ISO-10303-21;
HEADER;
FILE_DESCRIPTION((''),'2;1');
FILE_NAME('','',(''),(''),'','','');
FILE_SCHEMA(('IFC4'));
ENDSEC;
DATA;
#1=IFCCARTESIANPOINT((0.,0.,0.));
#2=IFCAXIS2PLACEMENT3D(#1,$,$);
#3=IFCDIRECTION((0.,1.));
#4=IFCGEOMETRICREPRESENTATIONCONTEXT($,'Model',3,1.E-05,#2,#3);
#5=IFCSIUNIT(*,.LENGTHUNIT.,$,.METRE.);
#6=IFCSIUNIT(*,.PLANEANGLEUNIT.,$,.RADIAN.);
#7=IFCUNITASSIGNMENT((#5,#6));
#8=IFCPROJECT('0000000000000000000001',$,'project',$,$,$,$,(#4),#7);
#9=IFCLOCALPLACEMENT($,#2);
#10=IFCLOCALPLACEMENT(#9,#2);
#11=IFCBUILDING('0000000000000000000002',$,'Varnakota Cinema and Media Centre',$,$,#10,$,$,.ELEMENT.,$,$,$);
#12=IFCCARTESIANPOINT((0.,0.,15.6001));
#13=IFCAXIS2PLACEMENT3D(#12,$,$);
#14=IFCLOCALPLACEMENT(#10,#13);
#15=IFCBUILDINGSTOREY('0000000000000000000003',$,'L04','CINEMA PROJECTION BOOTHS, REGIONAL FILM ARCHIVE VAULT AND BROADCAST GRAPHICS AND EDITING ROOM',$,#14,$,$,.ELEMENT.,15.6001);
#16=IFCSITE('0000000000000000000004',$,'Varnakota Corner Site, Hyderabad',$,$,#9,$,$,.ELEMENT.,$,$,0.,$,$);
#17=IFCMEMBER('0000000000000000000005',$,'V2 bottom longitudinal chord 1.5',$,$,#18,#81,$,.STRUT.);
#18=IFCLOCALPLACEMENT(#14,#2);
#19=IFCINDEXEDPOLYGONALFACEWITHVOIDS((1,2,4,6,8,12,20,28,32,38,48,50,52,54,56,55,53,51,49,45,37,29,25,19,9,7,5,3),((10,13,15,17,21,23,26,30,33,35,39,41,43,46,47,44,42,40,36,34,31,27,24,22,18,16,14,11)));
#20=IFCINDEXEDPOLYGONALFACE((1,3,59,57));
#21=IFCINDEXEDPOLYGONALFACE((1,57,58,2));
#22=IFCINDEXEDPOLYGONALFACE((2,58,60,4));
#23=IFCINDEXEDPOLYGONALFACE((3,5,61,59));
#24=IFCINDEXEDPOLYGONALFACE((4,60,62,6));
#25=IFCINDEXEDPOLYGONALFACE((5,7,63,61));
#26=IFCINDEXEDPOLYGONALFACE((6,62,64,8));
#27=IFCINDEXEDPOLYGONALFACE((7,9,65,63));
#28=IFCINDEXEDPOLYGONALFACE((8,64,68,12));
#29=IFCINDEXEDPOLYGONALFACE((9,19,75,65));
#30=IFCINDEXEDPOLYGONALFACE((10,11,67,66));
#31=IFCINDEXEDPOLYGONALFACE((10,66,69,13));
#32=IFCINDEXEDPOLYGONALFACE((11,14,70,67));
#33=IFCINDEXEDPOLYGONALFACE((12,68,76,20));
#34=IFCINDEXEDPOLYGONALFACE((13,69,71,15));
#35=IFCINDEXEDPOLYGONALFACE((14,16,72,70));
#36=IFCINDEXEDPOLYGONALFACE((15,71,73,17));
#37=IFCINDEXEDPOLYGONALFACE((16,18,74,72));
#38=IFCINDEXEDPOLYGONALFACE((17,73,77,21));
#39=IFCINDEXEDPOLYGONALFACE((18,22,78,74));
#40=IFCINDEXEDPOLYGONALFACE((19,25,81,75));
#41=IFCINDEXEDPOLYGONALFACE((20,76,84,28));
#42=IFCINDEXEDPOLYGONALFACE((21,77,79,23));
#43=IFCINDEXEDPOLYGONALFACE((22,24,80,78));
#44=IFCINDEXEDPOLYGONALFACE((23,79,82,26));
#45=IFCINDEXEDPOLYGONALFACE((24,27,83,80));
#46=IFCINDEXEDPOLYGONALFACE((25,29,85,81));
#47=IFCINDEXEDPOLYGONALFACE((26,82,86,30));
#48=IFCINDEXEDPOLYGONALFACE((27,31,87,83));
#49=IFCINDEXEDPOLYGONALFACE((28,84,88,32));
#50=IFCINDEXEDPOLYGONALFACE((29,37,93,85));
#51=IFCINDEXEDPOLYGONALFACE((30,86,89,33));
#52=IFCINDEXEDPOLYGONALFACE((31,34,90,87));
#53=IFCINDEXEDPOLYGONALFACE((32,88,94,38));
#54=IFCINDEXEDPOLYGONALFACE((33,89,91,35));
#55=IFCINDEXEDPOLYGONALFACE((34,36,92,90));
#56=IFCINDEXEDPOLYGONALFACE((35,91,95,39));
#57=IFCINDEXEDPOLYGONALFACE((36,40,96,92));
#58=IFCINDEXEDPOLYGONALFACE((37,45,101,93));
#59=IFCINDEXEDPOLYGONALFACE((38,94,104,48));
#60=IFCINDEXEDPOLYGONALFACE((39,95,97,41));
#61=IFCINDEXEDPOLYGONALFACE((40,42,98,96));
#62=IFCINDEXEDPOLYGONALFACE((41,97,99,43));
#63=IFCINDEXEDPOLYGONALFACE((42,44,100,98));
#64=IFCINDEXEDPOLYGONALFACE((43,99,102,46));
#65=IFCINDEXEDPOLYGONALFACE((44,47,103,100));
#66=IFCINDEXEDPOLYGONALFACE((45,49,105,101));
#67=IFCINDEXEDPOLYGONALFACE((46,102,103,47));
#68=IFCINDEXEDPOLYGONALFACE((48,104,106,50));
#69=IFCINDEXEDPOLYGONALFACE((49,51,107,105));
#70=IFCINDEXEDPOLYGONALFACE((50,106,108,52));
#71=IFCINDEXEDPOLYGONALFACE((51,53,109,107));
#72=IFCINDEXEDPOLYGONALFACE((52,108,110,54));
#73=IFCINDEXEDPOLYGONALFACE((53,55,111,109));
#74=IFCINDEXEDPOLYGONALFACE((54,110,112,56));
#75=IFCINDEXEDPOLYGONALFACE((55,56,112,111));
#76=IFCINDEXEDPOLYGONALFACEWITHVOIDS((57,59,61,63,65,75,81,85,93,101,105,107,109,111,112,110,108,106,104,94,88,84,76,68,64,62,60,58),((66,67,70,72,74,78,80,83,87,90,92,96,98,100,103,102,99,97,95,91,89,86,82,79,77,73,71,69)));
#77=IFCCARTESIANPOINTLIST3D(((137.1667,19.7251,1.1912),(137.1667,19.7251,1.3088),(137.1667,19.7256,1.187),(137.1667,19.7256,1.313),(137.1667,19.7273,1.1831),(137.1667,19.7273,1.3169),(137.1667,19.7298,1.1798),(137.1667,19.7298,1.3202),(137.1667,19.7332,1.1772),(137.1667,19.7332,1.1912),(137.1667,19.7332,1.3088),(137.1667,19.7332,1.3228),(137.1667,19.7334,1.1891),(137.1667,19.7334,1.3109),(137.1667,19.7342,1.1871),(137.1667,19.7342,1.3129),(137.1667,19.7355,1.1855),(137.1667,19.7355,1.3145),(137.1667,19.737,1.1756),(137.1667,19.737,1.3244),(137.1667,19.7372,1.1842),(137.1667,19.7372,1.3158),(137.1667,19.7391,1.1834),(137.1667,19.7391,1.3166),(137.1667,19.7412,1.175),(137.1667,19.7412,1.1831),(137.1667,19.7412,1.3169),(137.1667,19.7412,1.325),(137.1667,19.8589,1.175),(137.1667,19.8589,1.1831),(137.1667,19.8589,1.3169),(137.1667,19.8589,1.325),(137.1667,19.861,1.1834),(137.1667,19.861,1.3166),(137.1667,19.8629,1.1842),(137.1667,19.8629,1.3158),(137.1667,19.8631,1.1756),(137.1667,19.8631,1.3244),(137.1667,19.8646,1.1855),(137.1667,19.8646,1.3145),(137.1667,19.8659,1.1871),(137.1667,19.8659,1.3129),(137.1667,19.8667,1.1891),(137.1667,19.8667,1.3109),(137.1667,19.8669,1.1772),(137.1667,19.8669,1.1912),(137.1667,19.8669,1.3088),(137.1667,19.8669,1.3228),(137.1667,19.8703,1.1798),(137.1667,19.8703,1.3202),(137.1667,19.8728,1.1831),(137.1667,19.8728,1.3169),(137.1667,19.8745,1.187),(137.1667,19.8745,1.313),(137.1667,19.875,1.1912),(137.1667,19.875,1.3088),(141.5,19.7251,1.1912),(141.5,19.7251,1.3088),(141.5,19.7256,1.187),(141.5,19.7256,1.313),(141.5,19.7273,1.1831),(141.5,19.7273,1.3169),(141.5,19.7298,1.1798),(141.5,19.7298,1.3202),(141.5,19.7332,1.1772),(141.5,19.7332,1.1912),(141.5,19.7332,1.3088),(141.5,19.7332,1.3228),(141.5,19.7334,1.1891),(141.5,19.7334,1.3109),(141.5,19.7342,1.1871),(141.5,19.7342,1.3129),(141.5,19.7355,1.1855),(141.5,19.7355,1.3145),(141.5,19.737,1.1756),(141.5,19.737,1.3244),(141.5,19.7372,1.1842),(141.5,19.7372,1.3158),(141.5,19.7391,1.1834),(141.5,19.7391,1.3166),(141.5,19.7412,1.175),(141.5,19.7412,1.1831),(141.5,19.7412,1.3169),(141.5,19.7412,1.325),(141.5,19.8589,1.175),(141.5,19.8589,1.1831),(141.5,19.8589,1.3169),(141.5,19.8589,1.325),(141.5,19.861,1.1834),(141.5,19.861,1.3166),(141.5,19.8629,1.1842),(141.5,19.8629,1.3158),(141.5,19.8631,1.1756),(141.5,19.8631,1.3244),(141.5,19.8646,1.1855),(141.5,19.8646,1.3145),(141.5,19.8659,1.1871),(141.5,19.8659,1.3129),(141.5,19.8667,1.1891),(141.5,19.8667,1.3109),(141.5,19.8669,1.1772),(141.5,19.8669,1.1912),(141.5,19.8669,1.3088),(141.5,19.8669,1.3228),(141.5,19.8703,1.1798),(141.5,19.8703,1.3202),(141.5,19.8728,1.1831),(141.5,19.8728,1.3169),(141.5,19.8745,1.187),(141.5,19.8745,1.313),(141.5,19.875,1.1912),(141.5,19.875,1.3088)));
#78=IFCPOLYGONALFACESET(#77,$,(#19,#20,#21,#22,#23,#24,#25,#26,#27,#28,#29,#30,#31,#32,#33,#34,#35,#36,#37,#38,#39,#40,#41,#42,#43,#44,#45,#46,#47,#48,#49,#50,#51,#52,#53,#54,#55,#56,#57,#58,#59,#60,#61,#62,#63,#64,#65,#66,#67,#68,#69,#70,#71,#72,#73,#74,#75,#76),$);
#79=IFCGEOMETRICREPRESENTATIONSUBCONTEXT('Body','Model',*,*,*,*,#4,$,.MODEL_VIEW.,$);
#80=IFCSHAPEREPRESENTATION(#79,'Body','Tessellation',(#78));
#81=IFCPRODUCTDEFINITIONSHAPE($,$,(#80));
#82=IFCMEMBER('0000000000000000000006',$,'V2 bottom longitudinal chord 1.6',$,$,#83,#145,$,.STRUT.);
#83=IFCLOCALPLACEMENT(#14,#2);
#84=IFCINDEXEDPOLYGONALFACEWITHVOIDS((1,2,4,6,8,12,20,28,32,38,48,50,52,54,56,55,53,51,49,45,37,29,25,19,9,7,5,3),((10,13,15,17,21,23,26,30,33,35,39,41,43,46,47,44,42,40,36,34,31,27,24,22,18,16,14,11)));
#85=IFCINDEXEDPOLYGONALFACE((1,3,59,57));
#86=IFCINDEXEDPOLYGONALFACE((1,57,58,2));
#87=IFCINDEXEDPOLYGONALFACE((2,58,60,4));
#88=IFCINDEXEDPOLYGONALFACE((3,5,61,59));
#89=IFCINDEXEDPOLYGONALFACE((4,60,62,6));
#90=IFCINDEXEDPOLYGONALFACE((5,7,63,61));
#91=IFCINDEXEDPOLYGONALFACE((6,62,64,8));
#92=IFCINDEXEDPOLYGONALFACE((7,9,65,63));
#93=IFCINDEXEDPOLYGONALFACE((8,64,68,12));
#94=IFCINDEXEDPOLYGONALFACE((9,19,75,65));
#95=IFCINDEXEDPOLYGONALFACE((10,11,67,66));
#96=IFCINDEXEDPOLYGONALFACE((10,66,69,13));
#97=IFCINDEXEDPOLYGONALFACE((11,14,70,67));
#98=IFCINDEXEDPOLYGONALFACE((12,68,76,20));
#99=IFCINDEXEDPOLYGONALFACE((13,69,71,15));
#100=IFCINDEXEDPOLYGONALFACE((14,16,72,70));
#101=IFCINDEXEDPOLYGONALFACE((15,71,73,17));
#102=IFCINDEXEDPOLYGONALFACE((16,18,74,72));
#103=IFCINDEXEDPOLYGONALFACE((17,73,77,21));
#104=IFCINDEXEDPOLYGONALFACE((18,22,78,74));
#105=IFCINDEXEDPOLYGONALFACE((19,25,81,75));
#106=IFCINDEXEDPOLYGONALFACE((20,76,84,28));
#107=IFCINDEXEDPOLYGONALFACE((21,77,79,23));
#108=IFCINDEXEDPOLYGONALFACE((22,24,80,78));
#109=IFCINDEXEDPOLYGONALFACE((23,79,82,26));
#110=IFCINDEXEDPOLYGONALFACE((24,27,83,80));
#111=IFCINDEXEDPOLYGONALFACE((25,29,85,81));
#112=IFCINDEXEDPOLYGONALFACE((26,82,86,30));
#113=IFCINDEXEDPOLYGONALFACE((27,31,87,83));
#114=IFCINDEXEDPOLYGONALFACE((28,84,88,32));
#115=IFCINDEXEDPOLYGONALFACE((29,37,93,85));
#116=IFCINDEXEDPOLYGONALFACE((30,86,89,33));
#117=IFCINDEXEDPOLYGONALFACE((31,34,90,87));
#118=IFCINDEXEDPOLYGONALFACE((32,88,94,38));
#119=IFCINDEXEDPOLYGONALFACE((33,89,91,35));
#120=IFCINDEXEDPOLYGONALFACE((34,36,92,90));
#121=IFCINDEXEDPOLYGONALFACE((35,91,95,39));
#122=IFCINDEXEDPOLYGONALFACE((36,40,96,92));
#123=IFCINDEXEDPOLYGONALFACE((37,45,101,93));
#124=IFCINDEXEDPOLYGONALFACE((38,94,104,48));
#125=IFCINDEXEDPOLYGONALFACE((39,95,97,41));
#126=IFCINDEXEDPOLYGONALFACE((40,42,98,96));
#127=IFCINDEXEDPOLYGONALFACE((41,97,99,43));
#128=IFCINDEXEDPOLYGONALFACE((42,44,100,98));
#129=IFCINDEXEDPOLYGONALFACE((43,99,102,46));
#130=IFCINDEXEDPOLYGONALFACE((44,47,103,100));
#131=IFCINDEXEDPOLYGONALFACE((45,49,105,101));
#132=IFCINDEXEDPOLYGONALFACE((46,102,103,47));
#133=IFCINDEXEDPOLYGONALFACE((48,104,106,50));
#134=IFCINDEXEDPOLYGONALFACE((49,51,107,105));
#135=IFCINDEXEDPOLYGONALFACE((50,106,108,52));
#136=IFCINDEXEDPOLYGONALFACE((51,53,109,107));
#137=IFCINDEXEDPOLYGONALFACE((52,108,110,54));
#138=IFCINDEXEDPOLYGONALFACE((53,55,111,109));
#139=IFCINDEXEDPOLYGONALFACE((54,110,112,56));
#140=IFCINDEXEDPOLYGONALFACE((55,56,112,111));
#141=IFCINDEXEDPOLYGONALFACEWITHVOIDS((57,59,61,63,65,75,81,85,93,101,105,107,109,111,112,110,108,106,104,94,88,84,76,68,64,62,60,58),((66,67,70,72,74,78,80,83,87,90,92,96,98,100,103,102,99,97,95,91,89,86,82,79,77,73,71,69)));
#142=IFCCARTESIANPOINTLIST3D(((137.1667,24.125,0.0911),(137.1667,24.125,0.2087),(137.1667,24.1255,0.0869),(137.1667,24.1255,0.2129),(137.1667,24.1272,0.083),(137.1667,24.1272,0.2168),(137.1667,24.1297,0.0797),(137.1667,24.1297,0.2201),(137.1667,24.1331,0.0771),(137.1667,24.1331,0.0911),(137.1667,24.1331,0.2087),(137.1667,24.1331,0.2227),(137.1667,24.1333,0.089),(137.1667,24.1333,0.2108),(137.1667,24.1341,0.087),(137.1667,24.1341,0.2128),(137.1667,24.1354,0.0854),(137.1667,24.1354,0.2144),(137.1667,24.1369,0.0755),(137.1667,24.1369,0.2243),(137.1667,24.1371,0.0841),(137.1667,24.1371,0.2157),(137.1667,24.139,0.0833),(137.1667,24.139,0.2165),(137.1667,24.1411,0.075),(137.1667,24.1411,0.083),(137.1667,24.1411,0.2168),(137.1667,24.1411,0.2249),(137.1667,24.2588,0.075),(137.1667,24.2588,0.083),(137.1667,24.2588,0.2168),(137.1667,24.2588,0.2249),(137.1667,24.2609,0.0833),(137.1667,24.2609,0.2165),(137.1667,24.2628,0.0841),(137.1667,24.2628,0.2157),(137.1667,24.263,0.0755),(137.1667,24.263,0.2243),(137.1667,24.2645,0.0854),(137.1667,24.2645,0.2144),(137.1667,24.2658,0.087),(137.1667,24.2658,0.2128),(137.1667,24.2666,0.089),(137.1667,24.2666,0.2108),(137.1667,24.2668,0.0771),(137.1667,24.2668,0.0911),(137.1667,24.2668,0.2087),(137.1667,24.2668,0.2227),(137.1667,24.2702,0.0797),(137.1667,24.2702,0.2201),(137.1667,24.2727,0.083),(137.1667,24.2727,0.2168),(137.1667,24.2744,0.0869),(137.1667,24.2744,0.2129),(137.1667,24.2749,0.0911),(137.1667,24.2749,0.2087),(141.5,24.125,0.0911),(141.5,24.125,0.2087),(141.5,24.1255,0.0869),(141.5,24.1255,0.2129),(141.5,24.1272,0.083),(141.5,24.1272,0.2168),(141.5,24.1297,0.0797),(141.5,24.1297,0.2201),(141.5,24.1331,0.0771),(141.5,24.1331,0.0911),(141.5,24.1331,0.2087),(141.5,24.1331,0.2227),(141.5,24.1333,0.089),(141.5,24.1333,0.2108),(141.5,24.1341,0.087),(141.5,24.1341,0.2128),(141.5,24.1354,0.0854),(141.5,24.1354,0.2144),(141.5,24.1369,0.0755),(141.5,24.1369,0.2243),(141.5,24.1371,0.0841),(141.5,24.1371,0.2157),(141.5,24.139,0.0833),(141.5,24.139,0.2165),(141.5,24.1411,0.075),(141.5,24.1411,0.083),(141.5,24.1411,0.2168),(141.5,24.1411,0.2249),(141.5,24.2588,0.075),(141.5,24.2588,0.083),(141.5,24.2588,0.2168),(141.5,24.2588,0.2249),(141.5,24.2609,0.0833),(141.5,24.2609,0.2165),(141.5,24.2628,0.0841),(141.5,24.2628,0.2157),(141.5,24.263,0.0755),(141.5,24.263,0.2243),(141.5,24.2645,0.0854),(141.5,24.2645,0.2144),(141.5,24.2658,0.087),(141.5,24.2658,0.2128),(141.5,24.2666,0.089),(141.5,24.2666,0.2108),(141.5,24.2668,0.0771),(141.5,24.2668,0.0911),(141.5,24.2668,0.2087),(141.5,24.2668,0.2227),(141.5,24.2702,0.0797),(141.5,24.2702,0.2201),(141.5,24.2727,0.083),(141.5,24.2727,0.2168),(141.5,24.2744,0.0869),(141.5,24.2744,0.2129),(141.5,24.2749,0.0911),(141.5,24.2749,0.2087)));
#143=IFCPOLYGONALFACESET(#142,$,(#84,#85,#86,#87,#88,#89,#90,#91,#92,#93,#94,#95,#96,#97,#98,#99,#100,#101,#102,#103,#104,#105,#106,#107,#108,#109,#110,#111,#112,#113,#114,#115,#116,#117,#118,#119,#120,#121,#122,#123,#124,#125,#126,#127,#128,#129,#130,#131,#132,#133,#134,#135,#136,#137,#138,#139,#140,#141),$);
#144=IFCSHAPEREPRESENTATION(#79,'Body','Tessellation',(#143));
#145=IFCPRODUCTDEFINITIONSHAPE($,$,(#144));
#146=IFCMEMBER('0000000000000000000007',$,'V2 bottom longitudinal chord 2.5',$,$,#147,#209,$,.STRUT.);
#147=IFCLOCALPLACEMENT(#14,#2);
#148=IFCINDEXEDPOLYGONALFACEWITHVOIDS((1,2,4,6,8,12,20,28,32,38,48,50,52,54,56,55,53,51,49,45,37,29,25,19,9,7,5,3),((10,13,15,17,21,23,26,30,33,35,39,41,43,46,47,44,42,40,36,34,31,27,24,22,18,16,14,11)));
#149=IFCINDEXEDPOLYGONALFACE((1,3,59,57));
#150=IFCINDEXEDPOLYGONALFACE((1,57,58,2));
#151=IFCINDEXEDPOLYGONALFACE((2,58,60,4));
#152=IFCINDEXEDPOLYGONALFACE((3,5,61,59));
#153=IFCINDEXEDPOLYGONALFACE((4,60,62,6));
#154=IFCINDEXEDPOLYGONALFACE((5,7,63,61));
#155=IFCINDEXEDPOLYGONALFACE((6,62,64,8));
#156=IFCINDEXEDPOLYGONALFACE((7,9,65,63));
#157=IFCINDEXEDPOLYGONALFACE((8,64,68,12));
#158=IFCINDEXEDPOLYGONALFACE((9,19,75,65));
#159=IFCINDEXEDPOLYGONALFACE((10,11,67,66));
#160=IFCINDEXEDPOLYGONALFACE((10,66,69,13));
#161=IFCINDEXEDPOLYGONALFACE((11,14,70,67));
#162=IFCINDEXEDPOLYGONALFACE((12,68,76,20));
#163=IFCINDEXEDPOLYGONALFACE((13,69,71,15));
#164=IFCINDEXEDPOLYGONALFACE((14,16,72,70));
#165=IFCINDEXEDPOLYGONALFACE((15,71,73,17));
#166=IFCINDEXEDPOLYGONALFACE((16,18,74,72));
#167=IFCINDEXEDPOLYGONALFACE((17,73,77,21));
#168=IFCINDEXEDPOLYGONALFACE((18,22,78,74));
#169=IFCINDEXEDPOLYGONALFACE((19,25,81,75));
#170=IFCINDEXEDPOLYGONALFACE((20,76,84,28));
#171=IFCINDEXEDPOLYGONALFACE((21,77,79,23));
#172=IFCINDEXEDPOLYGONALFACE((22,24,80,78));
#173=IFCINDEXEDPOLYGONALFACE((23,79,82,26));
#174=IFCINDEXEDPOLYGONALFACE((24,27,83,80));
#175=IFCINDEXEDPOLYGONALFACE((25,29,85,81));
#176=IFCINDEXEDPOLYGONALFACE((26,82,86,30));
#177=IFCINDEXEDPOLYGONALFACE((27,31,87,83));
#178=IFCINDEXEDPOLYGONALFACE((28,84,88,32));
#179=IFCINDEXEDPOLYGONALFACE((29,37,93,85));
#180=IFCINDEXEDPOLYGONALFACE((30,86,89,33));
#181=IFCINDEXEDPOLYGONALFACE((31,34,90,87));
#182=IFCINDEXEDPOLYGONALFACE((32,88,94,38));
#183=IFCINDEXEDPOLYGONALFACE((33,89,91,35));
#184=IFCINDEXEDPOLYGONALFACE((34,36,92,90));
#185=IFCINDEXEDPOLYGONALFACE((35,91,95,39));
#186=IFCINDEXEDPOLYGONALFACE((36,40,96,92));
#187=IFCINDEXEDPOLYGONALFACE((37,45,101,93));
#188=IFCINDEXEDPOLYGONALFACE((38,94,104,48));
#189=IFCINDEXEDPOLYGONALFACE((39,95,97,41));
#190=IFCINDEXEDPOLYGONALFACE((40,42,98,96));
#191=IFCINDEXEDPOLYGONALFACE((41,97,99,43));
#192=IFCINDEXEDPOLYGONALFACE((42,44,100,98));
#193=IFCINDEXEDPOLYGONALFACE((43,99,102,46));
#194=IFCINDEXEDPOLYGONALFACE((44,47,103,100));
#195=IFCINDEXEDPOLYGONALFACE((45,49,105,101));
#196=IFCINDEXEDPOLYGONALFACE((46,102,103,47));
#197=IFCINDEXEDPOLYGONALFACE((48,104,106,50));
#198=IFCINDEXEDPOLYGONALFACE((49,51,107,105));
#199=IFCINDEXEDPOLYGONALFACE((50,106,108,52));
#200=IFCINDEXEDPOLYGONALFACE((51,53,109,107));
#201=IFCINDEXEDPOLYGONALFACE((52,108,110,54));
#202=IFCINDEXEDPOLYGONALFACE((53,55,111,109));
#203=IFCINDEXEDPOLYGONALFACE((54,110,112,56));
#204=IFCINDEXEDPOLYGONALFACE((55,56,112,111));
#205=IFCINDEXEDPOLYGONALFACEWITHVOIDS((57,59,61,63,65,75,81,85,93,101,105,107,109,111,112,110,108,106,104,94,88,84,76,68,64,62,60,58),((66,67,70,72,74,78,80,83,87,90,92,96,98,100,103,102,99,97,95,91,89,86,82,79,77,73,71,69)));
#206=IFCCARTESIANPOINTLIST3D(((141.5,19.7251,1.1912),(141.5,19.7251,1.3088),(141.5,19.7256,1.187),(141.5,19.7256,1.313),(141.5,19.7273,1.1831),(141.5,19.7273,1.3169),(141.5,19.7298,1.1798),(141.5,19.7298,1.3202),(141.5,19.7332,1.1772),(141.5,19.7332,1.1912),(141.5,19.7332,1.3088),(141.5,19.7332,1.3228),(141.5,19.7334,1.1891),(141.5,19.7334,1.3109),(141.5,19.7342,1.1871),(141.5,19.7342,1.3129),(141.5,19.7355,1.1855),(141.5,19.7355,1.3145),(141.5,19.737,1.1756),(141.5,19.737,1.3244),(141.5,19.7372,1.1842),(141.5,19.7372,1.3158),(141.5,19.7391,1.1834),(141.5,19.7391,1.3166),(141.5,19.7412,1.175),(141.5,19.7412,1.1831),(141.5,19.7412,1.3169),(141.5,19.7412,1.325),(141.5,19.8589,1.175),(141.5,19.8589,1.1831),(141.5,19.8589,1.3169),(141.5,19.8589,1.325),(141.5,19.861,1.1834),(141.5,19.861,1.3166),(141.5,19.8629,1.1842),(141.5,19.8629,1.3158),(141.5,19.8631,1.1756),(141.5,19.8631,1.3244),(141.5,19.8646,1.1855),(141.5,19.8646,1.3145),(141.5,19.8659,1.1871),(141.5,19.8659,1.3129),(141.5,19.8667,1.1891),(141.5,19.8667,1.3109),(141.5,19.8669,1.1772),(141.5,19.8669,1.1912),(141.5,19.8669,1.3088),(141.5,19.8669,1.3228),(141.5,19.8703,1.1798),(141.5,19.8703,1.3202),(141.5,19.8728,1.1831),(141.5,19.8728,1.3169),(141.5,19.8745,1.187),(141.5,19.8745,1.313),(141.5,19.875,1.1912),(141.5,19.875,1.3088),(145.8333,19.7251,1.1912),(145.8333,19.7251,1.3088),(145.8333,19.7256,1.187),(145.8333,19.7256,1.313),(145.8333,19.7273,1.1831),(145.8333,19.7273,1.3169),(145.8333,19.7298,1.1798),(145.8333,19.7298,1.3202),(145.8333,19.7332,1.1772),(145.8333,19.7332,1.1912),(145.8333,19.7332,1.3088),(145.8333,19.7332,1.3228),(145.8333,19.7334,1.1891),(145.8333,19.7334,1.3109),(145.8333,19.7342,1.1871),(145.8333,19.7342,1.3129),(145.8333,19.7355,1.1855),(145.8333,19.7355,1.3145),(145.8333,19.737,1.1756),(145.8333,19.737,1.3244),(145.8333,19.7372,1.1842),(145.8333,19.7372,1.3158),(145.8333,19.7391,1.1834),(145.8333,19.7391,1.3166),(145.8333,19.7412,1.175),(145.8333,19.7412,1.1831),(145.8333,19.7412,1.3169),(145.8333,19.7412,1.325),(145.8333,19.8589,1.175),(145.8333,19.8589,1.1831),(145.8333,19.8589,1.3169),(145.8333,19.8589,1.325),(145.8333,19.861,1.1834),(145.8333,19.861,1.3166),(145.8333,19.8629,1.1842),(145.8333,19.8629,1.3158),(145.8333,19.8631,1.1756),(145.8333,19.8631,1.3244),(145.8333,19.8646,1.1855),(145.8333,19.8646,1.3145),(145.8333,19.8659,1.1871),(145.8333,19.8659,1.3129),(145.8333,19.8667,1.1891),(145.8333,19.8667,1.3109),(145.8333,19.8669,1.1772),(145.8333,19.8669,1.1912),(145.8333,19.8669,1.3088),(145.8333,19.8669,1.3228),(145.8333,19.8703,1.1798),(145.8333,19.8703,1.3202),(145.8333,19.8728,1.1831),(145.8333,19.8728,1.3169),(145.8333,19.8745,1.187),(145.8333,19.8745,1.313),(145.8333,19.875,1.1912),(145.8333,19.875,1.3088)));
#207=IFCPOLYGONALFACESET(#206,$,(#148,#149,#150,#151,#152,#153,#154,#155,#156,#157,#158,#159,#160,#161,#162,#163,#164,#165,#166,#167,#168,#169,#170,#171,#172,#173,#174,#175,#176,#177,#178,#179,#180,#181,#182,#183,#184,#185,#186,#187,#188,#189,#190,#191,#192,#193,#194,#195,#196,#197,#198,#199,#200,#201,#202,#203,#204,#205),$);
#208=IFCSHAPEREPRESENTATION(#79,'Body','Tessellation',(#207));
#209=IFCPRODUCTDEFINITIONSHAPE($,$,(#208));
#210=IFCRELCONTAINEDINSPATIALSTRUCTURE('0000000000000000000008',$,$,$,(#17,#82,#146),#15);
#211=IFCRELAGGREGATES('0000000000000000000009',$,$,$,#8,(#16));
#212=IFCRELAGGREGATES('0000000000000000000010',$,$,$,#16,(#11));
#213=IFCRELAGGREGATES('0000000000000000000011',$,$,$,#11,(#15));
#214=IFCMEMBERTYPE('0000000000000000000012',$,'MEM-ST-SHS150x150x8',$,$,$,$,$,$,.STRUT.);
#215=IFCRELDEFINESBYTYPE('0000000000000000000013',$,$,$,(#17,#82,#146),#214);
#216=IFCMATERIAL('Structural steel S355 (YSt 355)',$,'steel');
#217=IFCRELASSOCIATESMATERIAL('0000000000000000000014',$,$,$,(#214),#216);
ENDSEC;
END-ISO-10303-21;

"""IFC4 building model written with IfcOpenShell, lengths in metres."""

from ifc_helpers import new_model, si_unit, direction, frame, origin, origin_2d, place, context, subcontext, project, spatial, hollow_rectangle, extrude, material, material_profile, profile_set, type_object, element, save


model = new_model("IFC4")

# Units and contexts
model_context = context("Model", 3, precision=1e-05, world=origin(), true_north=direction((0.0, 1.0)))
body_context = subcontext(model_context, "Body", "Model", "MODEL_VIEW")
ifc_project = project(units=[si_unit("LENGTHUNIT", "METRE"), si_unit("PLANEANGLEUNIT", "RADIAN")], contexts=[model_context])

# Site, building, storey
site_placement = place(None, origin())
site = spatial("IfcSite", under=ifc_project, at=site_placement, Name="Varnakota Corner Site, Hyderabad", CompositionType="ELEMENT", RefElevation=0.0)
building_placement = place(site_placement, origin())
building = spatial("IfcBuilding", under=site, at=building_placement, Name="Varnakota Cinema and Media Centre", CompositionType="ELEMENT")
storey_placement = place(building_placement, frame((0.0, 0.0, 15.6001)))
storey = spatial("IfcBuildingStorey", under=building, at=storey_placement, Name="L04", Description="CINEMA PROJECTION BOOTHS, REGIONAL FILM ARCHIVE VAULT AND BROADCAST GRAPHICS AND EDITING ROOM", CompositionType="ELEMENT", Elevation=15.6001)

# Members
ifc_material_1 = material(Name="Structural steel S355 (YSt 355)", Category="steel")
ifc_material_profile_1 = material_profile(ifc_material_1, hollow_rectangle(XDim=0.1499, YDim=0.1499, WallThickness=0.0081, InnerFilletRadius=0.0081, OuterFilletRadius=0.0161, at=origin_2d()), Name="SHS 150x150x8")
ifc_profile_set_1 = profile_set([ifc_material_profile_1], Name="Structural steel S355 (YSt 355)")
member_type_1 = type_object("IfcMemberType", Name="MEM-ST-SHS150x150x8", PredefinedType="STRUT", material=ifc_profile_set_1)
for number, where, z_axis, x_axis, name in (
    (1, (137.1667, 19.8, 1.25), (1.0, 0.0, 0.0), (0.0, 1.0, 0.0), "V2 bottom longitudinal chord 1.5"),
    (2, (137.1667, 24.2, 0.1499), (1.0, 0.0, 0.0), (0.0, 1.0, 0.0), "V2 bottom longitudinal chord 1.6"),
    (3, (141.5, 19.8, 1.25), (1.0, 0.0, 0.0), (0.0, 1.0, 0.0), "V2 bottom longitudinal chord 2.5"),
):
    element("IfcMember", number, at=place(storey_placement, frame(where, z_axis=z_axis, x_axis=x_axis)), inside=storey, type_object=member_type_1, Name=name, PredefinedType="STRUT", context=body_context, shape_type="SweptSolid", body=[
        extrude(hollow_rectangle(XDim=0.1499, YDim=0.1499, WallThickness=0.0081, InnerFilletRadius=0.0081, OuterFilletRadius=0.0161, at=origin_2d()), origin(), (0.0, 0.0, 1.0), 4.3333),
    ])

save(model, "model.ifc")
